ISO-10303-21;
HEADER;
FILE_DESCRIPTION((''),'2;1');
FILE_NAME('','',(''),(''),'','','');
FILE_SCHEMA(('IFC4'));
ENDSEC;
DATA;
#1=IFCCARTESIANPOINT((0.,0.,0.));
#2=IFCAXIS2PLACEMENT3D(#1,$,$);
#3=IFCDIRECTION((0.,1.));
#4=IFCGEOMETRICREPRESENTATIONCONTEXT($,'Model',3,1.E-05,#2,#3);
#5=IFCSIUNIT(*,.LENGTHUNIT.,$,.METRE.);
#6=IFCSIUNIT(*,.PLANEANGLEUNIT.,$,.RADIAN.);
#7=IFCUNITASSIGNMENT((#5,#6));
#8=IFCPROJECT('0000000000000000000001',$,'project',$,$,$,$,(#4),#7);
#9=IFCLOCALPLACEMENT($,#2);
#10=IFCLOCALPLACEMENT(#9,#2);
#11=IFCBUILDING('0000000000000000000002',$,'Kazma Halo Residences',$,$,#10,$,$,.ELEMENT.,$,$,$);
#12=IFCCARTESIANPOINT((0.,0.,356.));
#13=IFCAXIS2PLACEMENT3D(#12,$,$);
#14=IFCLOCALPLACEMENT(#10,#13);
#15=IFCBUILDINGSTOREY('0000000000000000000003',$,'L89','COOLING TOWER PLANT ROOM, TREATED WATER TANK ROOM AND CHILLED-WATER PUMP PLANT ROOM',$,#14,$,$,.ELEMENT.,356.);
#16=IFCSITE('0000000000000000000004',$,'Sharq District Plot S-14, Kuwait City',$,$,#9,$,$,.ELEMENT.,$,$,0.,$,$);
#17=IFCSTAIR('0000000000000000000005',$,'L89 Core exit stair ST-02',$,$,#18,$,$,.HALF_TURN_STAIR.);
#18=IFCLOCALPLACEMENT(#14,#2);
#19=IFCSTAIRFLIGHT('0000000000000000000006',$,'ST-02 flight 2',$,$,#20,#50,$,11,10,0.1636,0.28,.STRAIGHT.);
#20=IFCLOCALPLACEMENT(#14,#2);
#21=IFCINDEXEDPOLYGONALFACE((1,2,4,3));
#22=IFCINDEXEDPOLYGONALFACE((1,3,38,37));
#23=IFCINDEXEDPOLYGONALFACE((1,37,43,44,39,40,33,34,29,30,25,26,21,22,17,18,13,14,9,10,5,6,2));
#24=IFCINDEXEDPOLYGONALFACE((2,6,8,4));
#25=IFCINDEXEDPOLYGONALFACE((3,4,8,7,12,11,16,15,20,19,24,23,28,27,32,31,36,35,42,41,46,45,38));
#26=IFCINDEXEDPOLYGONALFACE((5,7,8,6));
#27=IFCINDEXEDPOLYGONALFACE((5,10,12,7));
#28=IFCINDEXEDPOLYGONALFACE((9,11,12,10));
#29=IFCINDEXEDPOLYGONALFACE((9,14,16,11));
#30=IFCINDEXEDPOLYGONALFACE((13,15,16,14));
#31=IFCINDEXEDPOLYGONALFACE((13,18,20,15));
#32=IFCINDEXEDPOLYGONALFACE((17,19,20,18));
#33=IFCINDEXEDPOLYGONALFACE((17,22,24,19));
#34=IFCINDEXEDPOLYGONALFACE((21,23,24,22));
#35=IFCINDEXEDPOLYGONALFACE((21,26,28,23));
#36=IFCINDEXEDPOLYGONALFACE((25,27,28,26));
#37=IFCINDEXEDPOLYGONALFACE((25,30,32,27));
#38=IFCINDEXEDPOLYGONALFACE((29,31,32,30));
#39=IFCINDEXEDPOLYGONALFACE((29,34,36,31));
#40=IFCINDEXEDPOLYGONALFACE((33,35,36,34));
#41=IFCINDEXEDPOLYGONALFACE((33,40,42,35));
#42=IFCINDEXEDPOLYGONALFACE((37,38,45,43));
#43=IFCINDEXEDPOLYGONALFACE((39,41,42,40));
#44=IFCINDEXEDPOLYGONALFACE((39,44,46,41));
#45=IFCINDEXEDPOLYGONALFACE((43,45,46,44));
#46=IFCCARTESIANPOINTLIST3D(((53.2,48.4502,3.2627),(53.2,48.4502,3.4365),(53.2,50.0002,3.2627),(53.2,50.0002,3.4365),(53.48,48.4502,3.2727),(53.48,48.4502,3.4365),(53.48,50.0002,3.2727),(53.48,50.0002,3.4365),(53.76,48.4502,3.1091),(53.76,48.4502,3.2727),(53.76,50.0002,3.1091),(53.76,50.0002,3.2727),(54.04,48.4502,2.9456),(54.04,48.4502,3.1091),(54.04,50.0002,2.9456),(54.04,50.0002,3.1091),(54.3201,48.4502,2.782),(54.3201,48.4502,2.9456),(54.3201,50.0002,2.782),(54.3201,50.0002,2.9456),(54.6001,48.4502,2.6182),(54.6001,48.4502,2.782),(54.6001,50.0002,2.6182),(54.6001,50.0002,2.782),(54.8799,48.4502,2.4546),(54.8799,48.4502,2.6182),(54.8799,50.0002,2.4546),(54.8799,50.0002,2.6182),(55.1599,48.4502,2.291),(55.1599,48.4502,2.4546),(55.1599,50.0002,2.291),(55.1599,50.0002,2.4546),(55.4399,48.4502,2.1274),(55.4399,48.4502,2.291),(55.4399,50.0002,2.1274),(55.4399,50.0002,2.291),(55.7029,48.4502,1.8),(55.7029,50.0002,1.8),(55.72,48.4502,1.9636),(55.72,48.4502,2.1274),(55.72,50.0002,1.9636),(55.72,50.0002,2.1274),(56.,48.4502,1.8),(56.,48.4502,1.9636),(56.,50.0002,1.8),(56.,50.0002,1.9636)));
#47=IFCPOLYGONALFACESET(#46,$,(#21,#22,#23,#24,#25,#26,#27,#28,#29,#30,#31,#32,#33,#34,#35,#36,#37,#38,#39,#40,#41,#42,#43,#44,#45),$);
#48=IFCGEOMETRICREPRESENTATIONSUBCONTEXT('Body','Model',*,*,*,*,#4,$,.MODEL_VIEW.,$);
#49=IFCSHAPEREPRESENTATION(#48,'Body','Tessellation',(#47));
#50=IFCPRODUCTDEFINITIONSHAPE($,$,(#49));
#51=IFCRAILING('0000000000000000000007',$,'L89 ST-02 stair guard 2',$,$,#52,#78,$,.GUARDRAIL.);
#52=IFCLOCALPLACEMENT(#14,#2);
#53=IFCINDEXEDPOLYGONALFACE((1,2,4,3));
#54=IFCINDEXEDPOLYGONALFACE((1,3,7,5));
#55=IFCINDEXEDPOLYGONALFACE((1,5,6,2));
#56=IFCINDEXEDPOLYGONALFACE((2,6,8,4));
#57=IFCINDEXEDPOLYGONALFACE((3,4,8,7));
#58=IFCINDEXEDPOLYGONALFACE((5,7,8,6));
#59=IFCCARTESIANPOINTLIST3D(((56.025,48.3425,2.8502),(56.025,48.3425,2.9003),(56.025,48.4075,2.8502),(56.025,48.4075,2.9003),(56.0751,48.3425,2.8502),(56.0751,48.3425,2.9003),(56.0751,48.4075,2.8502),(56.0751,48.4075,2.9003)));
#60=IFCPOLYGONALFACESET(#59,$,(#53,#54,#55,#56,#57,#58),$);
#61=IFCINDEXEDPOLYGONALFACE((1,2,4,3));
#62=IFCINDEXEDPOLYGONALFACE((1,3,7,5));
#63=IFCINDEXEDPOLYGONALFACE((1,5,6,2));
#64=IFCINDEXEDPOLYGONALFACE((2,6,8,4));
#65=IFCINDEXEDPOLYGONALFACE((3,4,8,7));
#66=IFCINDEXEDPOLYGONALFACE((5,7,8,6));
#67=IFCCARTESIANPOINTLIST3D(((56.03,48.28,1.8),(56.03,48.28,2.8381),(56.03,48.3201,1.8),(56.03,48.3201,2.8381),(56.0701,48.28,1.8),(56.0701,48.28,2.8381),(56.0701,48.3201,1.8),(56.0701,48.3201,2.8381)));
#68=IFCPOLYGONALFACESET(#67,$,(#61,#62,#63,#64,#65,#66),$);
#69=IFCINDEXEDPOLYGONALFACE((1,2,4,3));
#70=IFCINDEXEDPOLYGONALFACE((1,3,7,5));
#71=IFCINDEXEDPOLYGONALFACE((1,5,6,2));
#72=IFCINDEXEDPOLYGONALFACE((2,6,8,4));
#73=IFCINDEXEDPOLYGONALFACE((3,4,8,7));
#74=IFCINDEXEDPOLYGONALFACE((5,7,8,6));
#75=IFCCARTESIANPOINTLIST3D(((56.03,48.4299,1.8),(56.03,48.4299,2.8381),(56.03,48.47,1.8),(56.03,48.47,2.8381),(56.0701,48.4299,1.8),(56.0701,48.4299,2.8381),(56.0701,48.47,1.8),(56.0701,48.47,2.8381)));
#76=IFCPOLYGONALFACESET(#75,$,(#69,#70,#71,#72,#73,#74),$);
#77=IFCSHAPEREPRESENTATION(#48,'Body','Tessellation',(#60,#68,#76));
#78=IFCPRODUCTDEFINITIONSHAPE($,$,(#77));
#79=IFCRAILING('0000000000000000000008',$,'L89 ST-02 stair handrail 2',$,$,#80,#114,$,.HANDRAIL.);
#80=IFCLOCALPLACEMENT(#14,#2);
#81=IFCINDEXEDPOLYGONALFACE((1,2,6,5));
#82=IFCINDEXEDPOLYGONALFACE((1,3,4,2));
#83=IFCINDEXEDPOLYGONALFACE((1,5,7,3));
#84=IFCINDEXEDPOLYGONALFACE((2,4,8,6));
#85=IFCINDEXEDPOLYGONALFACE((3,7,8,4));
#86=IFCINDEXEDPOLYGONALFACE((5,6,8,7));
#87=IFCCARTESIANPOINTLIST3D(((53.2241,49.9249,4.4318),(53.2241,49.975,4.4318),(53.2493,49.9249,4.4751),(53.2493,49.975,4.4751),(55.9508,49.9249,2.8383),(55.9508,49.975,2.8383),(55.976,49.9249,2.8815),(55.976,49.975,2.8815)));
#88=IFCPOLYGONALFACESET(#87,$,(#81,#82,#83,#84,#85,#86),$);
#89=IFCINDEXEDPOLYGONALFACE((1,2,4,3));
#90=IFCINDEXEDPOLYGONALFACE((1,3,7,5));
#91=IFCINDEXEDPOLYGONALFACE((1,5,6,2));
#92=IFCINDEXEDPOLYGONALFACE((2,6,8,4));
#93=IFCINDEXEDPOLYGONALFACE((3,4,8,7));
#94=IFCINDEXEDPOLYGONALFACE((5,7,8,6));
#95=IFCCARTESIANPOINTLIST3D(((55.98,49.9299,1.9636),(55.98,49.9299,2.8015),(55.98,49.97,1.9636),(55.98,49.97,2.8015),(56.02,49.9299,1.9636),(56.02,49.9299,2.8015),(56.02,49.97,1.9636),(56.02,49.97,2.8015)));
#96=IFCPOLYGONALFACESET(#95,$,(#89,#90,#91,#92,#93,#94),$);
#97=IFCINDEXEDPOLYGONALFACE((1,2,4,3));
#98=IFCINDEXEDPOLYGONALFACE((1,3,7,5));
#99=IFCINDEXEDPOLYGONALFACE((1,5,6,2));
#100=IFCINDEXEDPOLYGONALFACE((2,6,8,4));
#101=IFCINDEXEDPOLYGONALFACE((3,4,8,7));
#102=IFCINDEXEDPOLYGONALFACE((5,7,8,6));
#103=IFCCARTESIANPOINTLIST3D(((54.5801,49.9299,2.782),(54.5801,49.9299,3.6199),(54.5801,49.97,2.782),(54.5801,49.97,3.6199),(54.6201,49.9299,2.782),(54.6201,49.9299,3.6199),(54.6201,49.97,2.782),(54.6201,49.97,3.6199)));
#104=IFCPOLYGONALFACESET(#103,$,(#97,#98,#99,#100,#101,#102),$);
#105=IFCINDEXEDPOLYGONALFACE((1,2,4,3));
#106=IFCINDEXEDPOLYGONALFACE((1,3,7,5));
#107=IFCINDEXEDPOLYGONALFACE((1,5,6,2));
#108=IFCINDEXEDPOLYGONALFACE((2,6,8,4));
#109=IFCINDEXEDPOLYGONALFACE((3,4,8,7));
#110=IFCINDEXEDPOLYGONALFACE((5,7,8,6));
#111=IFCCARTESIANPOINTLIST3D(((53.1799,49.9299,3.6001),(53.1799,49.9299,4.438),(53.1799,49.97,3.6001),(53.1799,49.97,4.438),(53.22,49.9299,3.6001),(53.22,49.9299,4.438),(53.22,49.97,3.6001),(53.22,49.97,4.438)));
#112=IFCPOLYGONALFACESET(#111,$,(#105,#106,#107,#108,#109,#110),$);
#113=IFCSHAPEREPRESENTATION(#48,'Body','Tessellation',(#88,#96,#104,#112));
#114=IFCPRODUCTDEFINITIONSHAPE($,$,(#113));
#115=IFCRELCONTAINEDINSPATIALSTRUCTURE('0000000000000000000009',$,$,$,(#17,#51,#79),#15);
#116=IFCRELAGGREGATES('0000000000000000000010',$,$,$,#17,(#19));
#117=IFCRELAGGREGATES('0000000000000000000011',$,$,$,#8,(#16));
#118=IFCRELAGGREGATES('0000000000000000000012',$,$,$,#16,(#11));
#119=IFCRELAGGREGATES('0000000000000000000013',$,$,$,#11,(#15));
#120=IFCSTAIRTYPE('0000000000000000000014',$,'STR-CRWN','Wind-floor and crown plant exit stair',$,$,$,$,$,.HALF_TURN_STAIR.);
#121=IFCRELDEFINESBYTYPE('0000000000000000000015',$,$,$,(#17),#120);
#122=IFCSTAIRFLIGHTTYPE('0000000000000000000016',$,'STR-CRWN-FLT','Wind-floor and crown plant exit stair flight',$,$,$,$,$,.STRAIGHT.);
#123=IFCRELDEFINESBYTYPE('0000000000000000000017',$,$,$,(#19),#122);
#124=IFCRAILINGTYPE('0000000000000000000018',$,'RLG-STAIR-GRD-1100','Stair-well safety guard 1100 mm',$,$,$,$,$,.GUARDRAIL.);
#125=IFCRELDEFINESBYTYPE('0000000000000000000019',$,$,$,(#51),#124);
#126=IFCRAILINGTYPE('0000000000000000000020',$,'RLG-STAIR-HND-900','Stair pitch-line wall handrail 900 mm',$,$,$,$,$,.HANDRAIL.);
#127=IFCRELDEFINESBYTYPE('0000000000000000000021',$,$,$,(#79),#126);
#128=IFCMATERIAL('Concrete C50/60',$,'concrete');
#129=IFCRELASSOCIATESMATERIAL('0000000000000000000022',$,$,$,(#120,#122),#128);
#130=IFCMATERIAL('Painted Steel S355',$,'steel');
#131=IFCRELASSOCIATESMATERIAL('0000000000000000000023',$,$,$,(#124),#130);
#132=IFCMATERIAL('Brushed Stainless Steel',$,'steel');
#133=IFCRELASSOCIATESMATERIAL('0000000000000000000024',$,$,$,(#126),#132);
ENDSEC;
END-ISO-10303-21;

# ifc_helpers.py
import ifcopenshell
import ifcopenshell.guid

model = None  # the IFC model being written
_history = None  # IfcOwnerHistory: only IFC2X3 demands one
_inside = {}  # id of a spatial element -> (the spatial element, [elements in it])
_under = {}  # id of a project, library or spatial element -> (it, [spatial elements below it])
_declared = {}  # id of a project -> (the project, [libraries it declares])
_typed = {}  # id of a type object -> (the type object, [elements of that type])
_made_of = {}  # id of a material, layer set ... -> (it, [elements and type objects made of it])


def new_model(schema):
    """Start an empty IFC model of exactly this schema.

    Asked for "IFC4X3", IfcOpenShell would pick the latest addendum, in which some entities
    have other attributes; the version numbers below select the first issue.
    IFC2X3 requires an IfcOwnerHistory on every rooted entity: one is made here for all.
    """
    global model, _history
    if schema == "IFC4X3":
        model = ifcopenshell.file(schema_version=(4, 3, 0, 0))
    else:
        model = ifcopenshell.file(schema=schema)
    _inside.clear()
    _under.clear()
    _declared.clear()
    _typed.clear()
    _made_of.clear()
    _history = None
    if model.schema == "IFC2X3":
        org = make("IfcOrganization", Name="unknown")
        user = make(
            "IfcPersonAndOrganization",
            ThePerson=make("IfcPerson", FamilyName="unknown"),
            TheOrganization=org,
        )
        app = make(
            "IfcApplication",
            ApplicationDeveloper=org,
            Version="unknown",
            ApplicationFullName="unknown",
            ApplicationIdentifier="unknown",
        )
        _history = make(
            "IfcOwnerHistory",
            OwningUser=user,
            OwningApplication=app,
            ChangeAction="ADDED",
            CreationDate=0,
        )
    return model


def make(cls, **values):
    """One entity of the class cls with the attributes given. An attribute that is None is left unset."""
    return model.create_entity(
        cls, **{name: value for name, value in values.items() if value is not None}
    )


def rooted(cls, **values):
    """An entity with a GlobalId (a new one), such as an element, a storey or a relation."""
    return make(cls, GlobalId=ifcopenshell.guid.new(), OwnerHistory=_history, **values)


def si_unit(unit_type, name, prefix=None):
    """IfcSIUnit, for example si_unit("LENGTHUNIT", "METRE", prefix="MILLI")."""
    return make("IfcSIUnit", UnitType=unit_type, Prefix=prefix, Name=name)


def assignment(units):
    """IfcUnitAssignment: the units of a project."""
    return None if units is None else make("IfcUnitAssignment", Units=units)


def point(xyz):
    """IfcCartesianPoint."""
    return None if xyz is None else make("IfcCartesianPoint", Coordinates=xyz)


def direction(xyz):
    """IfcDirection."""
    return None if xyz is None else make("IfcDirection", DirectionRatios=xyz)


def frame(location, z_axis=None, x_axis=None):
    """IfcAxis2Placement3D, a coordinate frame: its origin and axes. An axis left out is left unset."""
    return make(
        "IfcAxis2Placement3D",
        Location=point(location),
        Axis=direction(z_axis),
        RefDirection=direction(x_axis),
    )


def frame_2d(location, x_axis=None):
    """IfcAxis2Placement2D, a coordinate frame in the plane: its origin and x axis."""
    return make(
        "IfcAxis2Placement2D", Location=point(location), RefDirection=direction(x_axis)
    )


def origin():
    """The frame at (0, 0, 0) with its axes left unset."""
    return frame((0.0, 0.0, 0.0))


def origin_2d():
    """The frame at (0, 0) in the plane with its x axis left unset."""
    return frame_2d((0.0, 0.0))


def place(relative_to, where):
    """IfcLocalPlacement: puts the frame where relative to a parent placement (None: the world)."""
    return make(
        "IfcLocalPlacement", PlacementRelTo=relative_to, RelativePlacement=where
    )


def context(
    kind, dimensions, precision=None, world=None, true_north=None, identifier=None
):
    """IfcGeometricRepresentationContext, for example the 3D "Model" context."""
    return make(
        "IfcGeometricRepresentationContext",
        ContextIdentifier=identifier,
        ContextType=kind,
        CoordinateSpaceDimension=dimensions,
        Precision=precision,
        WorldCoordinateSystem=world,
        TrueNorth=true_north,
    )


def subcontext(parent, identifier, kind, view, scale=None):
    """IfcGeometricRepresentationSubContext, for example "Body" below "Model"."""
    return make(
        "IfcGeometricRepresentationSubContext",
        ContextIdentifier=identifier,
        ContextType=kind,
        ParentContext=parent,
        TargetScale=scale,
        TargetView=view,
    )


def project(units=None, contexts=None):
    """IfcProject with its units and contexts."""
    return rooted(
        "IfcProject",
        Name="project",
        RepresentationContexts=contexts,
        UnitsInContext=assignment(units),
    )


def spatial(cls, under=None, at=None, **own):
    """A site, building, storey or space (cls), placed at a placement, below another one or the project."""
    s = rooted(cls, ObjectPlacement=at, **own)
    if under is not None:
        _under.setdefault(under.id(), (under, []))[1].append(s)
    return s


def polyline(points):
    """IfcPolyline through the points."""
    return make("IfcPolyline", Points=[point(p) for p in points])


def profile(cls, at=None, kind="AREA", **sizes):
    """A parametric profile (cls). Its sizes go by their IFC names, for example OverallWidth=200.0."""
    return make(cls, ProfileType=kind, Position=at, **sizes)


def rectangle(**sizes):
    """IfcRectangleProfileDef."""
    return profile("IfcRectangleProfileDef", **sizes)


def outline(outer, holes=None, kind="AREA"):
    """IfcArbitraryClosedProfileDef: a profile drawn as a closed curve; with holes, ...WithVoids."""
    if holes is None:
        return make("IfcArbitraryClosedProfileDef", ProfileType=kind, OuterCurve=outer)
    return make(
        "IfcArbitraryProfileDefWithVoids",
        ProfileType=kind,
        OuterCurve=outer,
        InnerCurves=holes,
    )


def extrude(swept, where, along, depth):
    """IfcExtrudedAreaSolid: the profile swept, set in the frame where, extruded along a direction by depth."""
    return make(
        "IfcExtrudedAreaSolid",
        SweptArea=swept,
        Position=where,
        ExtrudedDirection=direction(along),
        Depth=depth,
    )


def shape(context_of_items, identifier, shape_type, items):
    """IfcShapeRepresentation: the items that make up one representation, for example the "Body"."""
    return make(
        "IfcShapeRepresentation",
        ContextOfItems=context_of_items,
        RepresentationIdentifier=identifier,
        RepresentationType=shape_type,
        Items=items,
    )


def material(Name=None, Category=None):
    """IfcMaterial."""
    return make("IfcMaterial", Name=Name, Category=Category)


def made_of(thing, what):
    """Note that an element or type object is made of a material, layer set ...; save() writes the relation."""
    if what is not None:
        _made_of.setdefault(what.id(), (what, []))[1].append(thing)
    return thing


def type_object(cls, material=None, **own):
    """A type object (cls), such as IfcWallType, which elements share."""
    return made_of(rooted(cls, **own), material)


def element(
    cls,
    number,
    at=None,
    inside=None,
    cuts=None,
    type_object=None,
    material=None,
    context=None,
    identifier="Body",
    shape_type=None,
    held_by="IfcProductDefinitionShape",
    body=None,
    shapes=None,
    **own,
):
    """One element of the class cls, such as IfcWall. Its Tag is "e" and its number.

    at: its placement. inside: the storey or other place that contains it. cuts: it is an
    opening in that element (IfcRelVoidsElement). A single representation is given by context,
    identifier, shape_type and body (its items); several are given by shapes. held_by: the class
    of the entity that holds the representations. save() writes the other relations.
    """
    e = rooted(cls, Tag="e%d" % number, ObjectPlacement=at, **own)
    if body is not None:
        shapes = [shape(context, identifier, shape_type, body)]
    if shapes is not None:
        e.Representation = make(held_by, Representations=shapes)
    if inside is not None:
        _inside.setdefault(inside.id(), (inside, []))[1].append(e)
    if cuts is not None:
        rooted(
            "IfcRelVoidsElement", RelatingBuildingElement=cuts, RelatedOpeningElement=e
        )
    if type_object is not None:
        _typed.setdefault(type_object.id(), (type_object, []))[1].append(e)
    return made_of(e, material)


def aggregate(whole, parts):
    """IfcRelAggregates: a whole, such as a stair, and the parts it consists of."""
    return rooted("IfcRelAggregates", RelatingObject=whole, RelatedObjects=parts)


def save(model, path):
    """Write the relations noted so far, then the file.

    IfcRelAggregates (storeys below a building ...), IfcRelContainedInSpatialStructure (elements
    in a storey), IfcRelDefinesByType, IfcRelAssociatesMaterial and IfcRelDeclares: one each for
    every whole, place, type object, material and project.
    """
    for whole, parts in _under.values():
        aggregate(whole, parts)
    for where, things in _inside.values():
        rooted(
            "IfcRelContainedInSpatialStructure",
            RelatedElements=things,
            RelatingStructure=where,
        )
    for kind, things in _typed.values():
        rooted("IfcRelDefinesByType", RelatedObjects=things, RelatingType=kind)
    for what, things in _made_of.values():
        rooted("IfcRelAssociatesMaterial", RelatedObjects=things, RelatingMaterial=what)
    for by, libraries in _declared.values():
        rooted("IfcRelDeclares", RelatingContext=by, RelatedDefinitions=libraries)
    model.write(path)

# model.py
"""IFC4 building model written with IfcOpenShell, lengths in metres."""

from ifc_helpers import new_model, si_unit, direction, frame, origin, origin_2d, place, context, subcontext, project, spatial, polyline, rectangle, outline, extrude, material, type_object, element, aggregate, save


model = new_model("IFC4")

# Units and contexts
model_context = context("Model", 3, precision=1e-05, world=origin(), true_north=direction((0.0, 1.0)))
body_context = subcontext(model_context, "Body", "Model", "MODEL_VIEW")
ifc_project = project(units=[si_unit("LENGTHUNIT", "METRE"), si_unit("PLANEANGLEUNIT", "RADIAN")], contexts=[model_context])

# Site, building, storey
site_placement = place(None, origin())
site = spatial("IfcSite", under=ifc_project, at=site_placement, Name="Sharq District Plot S-14, Kuwait City", CompositionType="ELEMENT", RefElevation=0.0)
building_placement = place(site_placement, origin())
building = spatial("IfcBuilding", under=site, at=building_placement, Name="Kazma Halo Residences", CompositionType="ELEMENT")
storey_placement = place(building_placement, frame((0.0, 0.0, 356.0)))
storey = spatial("IfcBuildingStorey", under=building, at=storey_placement, Name="L89", Description="COOLING TOWER PLANT ROOM, TREATED WATER TANK ROOM AND CHILLED-WATER PUMP PLANT ROOM", CompositionType="ELEMENT", Elevation=356.0)

# Stair, stair flight
ifc_material_1 = material(Name="Concrete C50/60", Category="concrete")
stair_type = type_object("IfcStairType", Name="STR-CRWN", Description="Wind-floor and crown plant exit stair", PredefinedType="HALF_TURN_STAIR", material=ifc_material_1)
stair_placement = place(storey_placement, origin())
stair = element("IfcStair", 1, at=stair_placement, inside=storey, type_object=stair_type, Name="L89 Core exit stair ST-02", PredefinedType="HALF_TURN_STAIR")
stair_flight_type = type_object("IfcStairFlightType", Name="STR-CRWN-FLT", Description="Wind-floor and crown plant exit stair flight", PredefinedType="STRAIGHT", material=ifc_material_1)
stair_flight_placement = place(storey_placement, frame((56.0, 49.2251, 1.8), z_axis=(0.0, 0.0, 1.0), x_axis=(-1.0, 0.0, 0.0)))
stair_flight = element("IfcStairFlight", 2, at=stair_flight_placement, type_object=stair_flight_type, Name="ST-02 flight 2", NumberOfRisers=11, NumberOfTreads=10, PredefinedType="STRAIGHT", RiserHeight=0.1636, TreadLength=0.28, context=body_context, shape_type="SweptSolid", body=[
    extrude(outline(polyline([(0.0, 0.0), (0.0, 0.1636), (0.28, 0.1636), (0.28, 0.3274), (0.5601, 0.3274), (0.5601, 0.491), (0.8401, 0.491), (0.8401, 0.6545), (1.1201, 0.6545), (1.1201, 0.8181), (1.3999, 0.8181), (1.3999, 0.9819), (1.6799, 0.9819), (1.6799, 1.1455), (1.96, 1.1455), (1.96, 1.3091), (2.24, 1.3091), (2.24, 1.4727), (2.52, 1.4727), (2.52, 1.6365), (2.8, 1.6365), (2.8, 1.8), (2.8, 1.4626), (0.2971, 0.0), (0.0, 0.0)])), frame((0.0, 0.7749, 0.0), z_axis=(0.0, -1.0, 0.0), x_axis=(1.0, 0.0, 0.0)), (0.0, 0.0, 1.0), 1.55),
])
aggregate(stair, [stair_flight])

# Railings
ifc_material_2 = material(Name="Painted Steel S355", Category="steel")
railing_type_1 = type_object("IfcRailingType", Name="RLG-STAIR-GRD-1100", Description="Stair-well safety guard 1100 mm", PredefinedType="GUARDRAIL", material=ifc_material_2)
railing_1_placement = place(storey_placement, frame((56.05, 48.3, 1.8)))
element("IfcRailing", 3, at=railing_1_placement, inside=storey, type_object=railing_type_1, Name="L89 ST-02 stair guard 2", PredefinedType="GUARDRAIL", context=body_context, shape_type="SweptSolid", body=[
    extrude(rectangle(XDim=0.05, YDim=0.05, at=origin_2d()), frame((0.0, 0.0425, 1.0752), z_axis=(0.0, 1.0, 0.0), x_axis=(-1.0, 0.0, 0.0)), (0.0, 0.0, 1.0), 0.0649),
    extrude(rectangle(XDim=0.04, YDim=0.04, at=origin_2d()), origin(), (0.0, 0.0, 1.0), 1.0381),
    extrude(rectangle(XDim=0.04, YDim=0.04, at=origin_2d()), frame((0.0, 0.1499, 0.0)), (0.0, 0.0, 1.0), 1.0381),
])
ifc_material_3 = material(Name="Brushed Stainless Steel", Category="steel")
railing_type_2 = type_object("IfcRailingType", Name="RLG-STAIR-HND-900", Description="Stair pitch-line wall handrail 900 mm", PredefinedType="HANDRAIL", material=ifc_material_3)
railing_2_placement = place(storey_placement, frame((56.0, 49.95, 1.9636)))
element("IfcRailing", 4, at=railing_2_placement, inside=storey, type_object=railing_type_2, Name="L89 ST-02 stair handrail 2", PredefinedType="HANDRAIL", context=body_context, shape_type="SweptSolid", body=[
    extrude(rectangle(XDim=0.05, YDim=0.05, at=origin_2d()), frame((-0.0366, 0.0, 0.8962), z_axis=(-0.863361, 0.0, 0.504587), x_axis=(0.0, -1.0, 0.0)), (0.0, 0.0, 1.0), 3.1582),
    extrude(rectangle(XDim=0.04, YDim=0.04, at=origin_2d()), origin(), (0.0, 0.0, 1.0), 0.8379),
    extrude(rectangle(XDim=0.04, YDim=0.04, at=origin_2d()), frame((-1.3999, 0.0, 0.8184)), (0.0, 0.0, 1.0), 0.8379),
    extrude(rectangle(XDim=0.04, YDim=0.04, at=origin_2d()), frame((-2.8, 0.0, 1.6365)), (0.0, 0.0, 1.0), 0.8379),
])

save(model, "model.ifc")
